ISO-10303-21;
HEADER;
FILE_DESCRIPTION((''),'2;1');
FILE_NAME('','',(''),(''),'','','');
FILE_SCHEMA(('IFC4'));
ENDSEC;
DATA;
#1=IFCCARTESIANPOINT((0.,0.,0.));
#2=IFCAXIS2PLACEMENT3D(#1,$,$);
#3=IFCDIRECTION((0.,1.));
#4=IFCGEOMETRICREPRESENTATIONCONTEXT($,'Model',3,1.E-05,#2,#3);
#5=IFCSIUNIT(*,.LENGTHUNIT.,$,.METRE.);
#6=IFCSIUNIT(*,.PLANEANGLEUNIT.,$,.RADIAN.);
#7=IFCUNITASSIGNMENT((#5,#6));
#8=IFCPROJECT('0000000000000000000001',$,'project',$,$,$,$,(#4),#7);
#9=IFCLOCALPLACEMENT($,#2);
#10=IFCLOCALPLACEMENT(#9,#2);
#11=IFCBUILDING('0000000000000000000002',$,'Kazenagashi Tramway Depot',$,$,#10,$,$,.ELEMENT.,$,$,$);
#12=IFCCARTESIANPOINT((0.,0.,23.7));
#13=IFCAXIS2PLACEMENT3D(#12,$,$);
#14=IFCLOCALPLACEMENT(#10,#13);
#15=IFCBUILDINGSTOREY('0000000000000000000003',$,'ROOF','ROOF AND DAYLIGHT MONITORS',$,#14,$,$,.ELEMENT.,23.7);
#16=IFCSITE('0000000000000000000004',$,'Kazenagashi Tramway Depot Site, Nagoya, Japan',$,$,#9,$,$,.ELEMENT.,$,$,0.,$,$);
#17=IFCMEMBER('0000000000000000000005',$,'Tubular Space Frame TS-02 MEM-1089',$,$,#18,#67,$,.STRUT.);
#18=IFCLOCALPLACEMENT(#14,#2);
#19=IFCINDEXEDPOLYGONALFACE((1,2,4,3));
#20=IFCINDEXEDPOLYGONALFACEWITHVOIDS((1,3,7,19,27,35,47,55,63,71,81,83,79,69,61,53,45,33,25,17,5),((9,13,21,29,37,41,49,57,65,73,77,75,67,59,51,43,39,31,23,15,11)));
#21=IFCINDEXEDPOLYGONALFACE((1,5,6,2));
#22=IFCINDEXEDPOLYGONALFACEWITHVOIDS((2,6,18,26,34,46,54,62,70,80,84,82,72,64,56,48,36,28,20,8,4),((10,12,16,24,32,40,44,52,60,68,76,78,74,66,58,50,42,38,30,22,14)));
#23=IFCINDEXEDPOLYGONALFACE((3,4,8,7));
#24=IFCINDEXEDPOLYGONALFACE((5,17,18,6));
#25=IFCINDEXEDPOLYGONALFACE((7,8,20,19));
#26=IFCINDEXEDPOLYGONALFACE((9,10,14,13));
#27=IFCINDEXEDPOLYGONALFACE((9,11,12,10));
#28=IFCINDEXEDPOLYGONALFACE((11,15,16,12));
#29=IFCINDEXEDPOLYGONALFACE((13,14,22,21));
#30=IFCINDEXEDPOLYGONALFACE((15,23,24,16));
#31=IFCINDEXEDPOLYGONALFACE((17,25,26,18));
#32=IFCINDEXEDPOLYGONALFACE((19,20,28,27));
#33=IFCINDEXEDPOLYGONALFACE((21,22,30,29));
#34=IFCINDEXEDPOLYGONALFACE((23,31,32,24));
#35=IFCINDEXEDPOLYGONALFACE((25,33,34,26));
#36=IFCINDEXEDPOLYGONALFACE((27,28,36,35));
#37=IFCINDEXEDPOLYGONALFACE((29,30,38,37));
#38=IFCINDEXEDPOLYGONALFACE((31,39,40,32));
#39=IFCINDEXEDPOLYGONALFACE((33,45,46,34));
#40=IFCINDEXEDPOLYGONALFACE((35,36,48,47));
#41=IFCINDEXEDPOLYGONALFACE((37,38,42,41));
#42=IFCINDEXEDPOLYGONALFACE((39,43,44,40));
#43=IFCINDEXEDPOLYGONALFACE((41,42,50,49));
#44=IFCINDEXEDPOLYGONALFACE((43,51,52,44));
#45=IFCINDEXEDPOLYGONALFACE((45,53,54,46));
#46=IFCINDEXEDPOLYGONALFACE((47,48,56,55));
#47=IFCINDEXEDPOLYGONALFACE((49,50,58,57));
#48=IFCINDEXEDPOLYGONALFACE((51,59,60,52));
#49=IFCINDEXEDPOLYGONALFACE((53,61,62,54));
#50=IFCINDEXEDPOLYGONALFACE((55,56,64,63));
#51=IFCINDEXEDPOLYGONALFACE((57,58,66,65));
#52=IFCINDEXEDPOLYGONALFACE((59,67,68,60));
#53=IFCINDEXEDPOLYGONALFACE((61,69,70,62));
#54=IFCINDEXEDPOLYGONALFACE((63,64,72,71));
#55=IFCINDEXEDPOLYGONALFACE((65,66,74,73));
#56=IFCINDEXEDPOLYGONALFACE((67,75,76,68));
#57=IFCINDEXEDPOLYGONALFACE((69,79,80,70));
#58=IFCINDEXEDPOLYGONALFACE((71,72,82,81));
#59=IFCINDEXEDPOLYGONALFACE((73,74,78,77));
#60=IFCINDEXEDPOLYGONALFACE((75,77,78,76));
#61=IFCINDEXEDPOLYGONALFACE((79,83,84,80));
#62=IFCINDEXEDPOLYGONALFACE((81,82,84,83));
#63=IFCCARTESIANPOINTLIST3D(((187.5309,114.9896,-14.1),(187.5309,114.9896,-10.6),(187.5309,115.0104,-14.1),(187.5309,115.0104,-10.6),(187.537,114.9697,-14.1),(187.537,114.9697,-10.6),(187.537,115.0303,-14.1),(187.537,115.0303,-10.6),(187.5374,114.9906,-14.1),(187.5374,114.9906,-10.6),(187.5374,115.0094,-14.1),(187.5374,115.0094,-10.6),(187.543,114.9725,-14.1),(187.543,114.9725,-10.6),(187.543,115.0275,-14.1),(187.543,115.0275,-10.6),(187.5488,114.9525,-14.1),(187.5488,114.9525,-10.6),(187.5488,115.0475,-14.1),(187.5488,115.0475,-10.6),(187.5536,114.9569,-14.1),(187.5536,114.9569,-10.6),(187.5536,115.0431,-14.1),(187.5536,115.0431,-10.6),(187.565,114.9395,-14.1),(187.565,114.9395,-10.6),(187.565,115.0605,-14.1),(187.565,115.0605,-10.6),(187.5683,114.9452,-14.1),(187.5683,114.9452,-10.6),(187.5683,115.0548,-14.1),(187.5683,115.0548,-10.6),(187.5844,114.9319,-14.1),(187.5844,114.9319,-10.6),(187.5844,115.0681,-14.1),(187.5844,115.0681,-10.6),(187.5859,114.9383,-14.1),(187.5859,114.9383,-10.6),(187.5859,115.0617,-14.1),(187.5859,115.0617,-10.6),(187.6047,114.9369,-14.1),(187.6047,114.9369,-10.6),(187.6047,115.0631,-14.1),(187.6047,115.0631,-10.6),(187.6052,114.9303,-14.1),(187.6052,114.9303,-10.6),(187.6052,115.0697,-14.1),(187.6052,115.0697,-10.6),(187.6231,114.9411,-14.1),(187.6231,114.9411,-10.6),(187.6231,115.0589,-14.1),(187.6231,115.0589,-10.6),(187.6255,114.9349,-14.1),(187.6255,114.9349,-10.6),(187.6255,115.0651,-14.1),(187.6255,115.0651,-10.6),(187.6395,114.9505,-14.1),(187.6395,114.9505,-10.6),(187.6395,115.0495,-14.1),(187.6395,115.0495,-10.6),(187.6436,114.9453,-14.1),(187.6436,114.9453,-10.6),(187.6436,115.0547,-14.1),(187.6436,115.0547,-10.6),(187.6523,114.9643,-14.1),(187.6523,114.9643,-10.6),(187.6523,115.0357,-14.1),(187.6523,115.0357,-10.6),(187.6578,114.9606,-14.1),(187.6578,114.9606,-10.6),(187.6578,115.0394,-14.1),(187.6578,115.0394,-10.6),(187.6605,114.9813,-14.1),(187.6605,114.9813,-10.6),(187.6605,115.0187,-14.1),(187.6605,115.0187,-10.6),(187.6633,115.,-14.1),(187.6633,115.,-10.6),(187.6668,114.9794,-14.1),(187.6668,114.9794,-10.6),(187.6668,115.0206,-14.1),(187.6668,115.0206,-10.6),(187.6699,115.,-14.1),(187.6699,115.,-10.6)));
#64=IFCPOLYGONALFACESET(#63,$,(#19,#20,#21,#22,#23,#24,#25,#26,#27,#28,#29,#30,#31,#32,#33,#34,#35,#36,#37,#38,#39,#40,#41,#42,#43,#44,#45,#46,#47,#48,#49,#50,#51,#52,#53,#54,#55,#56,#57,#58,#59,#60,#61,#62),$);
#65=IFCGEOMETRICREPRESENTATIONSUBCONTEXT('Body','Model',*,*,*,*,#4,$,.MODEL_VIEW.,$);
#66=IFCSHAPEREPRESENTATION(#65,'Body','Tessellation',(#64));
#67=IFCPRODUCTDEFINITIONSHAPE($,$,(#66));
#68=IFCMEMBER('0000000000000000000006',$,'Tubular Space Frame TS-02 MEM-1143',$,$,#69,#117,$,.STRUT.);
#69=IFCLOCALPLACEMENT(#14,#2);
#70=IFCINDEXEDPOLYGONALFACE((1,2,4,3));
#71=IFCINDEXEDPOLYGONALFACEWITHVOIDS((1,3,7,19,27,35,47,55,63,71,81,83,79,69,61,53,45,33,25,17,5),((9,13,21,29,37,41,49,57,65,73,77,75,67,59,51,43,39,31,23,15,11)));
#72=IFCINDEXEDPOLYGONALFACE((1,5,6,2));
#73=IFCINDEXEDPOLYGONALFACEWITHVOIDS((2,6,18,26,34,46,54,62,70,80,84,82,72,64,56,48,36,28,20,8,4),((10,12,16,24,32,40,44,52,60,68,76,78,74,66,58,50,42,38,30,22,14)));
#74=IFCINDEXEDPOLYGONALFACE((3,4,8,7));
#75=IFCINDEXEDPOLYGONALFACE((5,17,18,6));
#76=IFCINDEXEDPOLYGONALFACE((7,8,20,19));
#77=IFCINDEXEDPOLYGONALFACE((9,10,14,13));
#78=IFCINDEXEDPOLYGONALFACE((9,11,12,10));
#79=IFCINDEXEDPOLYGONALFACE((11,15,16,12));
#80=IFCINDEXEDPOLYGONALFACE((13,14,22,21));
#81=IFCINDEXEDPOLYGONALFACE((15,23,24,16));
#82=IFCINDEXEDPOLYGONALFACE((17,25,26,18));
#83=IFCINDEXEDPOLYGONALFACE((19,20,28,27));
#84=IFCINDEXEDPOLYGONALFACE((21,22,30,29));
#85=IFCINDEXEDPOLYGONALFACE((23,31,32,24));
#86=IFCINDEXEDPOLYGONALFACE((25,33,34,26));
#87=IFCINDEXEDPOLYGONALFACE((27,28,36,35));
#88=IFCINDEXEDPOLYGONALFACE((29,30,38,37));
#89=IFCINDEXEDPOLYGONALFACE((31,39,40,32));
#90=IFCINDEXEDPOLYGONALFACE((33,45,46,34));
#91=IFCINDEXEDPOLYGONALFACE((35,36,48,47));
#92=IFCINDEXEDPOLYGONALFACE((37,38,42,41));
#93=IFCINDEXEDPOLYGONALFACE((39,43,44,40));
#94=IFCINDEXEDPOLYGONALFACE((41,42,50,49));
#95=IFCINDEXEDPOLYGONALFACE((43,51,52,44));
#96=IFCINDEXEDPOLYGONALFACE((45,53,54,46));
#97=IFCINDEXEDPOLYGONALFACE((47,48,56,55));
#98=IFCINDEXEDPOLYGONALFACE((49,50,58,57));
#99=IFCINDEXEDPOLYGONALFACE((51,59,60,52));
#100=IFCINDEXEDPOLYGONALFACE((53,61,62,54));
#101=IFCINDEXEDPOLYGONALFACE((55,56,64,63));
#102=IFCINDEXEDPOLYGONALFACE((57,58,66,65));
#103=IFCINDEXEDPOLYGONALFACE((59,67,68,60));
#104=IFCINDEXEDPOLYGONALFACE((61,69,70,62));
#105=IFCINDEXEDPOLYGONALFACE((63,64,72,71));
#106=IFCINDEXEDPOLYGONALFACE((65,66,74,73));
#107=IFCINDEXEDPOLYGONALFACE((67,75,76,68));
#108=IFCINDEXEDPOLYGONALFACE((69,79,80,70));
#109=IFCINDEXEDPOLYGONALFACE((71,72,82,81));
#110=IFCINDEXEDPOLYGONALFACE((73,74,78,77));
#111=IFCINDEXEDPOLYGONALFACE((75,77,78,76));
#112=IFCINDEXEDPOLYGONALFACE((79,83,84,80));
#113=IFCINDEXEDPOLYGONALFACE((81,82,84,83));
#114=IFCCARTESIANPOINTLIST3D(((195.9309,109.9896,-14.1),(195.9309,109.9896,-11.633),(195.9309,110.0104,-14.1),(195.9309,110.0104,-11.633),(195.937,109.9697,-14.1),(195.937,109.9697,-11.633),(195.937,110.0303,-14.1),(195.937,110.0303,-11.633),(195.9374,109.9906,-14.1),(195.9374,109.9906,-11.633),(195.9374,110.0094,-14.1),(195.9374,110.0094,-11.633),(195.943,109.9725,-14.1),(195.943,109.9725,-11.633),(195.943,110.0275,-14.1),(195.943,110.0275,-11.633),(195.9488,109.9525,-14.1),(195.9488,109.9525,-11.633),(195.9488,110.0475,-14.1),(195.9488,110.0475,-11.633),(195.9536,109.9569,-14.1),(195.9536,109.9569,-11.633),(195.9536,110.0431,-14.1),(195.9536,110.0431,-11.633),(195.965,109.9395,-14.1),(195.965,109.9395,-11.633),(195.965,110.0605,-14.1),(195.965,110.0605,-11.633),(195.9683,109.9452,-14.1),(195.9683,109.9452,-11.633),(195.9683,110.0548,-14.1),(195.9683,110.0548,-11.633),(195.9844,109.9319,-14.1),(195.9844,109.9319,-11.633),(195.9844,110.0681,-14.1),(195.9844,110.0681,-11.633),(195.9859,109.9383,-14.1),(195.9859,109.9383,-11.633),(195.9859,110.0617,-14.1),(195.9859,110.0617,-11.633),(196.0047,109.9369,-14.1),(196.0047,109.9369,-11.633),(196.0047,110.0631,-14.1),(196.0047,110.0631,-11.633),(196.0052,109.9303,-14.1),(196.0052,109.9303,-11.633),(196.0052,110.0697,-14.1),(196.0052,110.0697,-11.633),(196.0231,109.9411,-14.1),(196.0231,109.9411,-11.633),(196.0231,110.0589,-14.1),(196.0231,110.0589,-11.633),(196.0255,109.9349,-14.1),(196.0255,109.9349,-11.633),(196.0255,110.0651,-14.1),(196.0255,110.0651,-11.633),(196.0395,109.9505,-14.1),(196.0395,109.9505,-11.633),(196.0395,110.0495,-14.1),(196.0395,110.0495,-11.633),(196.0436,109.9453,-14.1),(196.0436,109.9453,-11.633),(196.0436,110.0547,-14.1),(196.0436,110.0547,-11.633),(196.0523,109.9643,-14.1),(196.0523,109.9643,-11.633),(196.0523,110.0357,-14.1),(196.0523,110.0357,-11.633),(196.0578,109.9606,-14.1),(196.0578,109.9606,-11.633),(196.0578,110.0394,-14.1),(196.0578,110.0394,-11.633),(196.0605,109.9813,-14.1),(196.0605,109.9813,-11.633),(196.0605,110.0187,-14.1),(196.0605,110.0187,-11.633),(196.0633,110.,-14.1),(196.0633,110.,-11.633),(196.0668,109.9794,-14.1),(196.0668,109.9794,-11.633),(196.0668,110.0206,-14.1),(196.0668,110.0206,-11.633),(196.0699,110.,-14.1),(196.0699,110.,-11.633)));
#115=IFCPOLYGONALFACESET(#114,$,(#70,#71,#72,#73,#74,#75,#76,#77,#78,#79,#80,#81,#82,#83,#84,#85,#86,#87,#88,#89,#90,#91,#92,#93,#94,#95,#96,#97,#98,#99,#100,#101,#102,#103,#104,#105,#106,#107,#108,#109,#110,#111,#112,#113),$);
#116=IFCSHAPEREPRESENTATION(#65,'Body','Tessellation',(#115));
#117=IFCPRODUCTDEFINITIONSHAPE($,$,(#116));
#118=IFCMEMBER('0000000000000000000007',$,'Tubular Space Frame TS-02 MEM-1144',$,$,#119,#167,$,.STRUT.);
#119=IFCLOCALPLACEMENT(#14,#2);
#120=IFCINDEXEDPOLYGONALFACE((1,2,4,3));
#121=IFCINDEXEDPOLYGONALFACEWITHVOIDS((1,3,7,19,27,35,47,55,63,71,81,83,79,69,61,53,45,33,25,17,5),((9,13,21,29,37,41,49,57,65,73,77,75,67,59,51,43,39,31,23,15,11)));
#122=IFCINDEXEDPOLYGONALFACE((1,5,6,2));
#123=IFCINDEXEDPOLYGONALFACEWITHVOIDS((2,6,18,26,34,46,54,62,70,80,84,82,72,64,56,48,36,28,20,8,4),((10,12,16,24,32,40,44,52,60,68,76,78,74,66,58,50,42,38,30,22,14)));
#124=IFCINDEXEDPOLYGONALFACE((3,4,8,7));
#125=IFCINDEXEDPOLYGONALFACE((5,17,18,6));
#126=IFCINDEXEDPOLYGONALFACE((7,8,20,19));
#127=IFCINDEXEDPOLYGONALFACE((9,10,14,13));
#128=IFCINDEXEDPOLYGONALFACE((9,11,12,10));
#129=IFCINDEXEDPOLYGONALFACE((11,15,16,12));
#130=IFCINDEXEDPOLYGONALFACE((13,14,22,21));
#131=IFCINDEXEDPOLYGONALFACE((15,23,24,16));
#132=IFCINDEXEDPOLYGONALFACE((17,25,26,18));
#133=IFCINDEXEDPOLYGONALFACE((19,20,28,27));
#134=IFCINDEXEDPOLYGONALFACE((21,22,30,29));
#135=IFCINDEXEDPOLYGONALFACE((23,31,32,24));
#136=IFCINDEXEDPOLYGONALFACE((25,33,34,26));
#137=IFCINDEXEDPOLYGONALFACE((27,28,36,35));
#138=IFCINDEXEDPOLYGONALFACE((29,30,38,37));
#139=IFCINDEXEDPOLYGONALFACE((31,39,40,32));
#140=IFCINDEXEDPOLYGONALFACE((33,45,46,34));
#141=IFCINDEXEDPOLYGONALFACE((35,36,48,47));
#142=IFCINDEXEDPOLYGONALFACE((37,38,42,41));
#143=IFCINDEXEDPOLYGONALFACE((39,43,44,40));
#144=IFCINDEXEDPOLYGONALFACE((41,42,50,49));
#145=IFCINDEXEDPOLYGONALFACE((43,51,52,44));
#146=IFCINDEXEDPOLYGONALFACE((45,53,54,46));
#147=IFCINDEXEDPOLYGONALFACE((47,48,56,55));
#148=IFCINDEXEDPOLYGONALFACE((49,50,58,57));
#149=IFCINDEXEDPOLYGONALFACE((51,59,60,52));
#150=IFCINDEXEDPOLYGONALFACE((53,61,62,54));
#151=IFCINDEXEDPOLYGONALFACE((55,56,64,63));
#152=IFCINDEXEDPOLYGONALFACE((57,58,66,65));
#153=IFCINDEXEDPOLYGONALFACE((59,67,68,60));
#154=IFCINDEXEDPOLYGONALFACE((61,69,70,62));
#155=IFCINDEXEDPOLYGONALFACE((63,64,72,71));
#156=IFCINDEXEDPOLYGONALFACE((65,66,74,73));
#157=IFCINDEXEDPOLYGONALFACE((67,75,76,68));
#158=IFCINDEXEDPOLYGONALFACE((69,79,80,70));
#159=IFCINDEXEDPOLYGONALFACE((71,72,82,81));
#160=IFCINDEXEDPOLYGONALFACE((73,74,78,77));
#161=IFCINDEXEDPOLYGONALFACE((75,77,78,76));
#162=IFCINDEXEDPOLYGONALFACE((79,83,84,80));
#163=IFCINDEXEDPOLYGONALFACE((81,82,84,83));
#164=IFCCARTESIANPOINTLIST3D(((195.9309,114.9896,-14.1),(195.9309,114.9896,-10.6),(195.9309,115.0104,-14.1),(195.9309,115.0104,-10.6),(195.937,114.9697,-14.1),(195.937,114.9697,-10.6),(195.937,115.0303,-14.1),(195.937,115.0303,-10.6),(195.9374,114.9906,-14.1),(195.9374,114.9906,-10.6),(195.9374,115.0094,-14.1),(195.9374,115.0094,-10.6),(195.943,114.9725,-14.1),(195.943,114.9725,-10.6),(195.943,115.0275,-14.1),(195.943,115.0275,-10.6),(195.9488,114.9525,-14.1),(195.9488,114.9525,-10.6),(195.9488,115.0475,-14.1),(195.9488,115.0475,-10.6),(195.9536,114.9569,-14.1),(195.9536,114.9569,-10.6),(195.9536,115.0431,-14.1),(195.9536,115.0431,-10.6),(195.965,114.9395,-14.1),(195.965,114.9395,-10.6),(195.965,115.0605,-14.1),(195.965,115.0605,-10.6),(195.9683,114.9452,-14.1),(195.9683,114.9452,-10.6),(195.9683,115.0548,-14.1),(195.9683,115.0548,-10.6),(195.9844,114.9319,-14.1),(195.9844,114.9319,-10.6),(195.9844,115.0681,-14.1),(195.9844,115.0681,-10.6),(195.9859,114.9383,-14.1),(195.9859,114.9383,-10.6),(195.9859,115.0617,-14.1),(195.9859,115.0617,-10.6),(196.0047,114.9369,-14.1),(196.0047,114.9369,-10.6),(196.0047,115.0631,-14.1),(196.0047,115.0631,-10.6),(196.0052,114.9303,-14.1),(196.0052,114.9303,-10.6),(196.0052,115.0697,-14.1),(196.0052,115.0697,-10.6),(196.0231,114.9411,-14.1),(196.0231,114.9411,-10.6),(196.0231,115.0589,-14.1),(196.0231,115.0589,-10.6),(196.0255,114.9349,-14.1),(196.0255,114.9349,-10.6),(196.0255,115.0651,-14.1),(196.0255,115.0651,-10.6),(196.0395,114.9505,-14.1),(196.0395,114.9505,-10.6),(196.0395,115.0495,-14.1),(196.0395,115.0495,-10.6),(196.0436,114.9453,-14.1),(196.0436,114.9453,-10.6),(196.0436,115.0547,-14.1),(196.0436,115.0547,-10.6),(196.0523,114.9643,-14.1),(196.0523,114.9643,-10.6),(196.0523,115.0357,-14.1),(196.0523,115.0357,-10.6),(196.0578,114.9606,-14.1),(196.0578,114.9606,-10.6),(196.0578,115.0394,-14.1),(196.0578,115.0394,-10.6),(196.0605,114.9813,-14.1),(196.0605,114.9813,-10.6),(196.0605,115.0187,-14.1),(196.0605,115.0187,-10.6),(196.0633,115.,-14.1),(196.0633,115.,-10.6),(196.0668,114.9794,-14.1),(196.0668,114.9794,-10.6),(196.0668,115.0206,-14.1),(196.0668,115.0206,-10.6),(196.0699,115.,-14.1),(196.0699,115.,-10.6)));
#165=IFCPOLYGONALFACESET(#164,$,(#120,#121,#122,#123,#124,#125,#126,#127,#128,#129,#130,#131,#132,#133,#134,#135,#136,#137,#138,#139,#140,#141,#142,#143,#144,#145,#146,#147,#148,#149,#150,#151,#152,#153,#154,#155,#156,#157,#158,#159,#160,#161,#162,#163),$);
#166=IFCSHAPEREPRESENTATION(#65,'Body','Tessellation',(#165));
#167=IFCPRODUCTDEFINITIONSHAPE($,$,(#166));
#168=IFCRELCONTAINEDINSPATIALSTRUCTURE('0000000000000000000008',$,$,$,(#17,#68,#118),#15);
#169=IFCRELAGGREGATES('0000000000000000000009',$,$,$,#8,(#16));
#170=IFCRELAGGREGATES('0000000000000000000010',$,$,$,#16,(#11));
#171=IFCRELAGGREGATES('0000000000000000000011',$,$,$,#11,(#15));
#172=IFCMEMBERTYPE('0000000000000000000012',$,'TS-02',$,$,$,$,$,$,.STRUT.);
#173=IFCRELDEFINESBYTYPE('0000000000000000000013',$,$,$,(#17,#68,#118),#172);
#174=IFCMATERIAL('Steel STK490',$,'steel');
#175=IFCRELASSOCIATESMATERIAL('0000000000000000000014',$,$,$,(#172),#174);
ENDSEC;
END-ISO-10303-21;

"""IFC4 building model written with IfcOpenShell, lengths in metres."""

from ifc_helpers import new_model, si_unit, direction, frame, origin, origin_2d, place, context, subcontext, project, spatial, hollow_circle, extrude, material, material_profile, profile_set, type_object, element, save


model = new_model("IFC4")

# Units and contexts
model_context = context("Model", 3, precision=1e-05, world=origin(), true_north=direction((0.0, 1.0)))
body_context = subcontext(model_context, "Body", "Model", "MODEL_VIEW")
ifc_project = project(units=[si_unit("LENGTHUNIT", "METRE"), si_unit("PLANEANGLEUNIT", "RADIAN")], contexts=[model_context])

# Site, building, storey
site_placement = place(None, origin())
site = spatial("IfcSite", under=ifc_project, at=site_placement, Name="Kazenagashi Tramway Depot Site, Nagoya, Japan", CompositionType="ELEMENT", RefElevation=0.0)
building_placement = place(site_placement, origin())
building = spatial("IfcBuilding", under=site, at=building_placement, Name="Kazenagashi Tramway Depot", CompositionType="ELEMENT")
storey_placement = place(building_placement, frame((0.0, 0.0, 23.7)))
storey = spatial("IfcBuildingStorey", under=building, at=storey_placement, Name="ROOF", Description="ROOF AND DAYLIGHT MONITORS", CompositionType="ELEMENT", Elevation=23.7)

# Members
ifc_material_1 = material(Name="Steel STK490", Category="steel")
ifc_material_profile_1 = material_profile(ifc_material_1, hollow_circle(Radius=0.0699, WallThickness=0.0066, at=origin_2d()), Name="CHS-139.8x6.6")
ifc_profile_set_1 = profile_set([ifc_material_profile_1], Name="Steel STK490")
member_type_1 = type_object("IfcMemberType", Name="TS-02", PredefinedType="STRUT", material=ifc_profile_set_1)
member_1_placement = place(storey_placement, frame((187.6, 115.0, -14.1), z_axis=(0.0, 0.0, 1.0), x_axis=(1.0, 0.0, 0.0)))
element("IfcMember", 1, at=member_1_placement, inside=storey, type_object=member_type_1, Name="Tubular Space Frame TS-02 MEM-1089", PredefinedType="STRUT", context=body_context, shape_type="SweptSolid", body=[
    extrude(hollow_circle(Radius=0.0699, WallThickness=0.0066, at=origin_2d()), origin(), (0.0, 0.0, 1.0), 3.5),
])
member_2_placement = place(storey_placement, frame((196.0, 110.0, -14.1), z_axis=(0.0, 0.0, 1.0), x_axis=(1.0, 0.0, 0.0)))
element("IfcMember", 2, at=member_2_placement, inside=storey, type_object=member_type_1, Name="Tubular Space Frame TS-02 MEM-1143", PredefinedType="STRUT", context=body_context, shape_type="SweptSolid", body=[
    extrude(hollow_circle(Radius=0.0699, WallThickness=0.0066, at=origin_2d()), origin(), (0.0, 0.0, 1.0), 2.467),
])
member_3_placement = place(storey_placement, frame((196.0, 115.0, -14.1), z_axis=(0.0, 0.0, 1.0), x_axis=(1.0, 0.0, 0.0)))
element("IfcMember", 3, at=member_3_placement, inside=storey, type_object=member_type_1, Name="Tubular Space Frame TS-02 MEM-1144", PredefinedType="STRUT", context=body_context, shape_type="SweptSolid", body=[
    extrude(hollow_circle(Radius=0.0699, WallThickness=0.0066, at=origin_2d()), origin(), (0.0, 0.0, 1.0), 3.5),
])

save(model, "model.ifc")
